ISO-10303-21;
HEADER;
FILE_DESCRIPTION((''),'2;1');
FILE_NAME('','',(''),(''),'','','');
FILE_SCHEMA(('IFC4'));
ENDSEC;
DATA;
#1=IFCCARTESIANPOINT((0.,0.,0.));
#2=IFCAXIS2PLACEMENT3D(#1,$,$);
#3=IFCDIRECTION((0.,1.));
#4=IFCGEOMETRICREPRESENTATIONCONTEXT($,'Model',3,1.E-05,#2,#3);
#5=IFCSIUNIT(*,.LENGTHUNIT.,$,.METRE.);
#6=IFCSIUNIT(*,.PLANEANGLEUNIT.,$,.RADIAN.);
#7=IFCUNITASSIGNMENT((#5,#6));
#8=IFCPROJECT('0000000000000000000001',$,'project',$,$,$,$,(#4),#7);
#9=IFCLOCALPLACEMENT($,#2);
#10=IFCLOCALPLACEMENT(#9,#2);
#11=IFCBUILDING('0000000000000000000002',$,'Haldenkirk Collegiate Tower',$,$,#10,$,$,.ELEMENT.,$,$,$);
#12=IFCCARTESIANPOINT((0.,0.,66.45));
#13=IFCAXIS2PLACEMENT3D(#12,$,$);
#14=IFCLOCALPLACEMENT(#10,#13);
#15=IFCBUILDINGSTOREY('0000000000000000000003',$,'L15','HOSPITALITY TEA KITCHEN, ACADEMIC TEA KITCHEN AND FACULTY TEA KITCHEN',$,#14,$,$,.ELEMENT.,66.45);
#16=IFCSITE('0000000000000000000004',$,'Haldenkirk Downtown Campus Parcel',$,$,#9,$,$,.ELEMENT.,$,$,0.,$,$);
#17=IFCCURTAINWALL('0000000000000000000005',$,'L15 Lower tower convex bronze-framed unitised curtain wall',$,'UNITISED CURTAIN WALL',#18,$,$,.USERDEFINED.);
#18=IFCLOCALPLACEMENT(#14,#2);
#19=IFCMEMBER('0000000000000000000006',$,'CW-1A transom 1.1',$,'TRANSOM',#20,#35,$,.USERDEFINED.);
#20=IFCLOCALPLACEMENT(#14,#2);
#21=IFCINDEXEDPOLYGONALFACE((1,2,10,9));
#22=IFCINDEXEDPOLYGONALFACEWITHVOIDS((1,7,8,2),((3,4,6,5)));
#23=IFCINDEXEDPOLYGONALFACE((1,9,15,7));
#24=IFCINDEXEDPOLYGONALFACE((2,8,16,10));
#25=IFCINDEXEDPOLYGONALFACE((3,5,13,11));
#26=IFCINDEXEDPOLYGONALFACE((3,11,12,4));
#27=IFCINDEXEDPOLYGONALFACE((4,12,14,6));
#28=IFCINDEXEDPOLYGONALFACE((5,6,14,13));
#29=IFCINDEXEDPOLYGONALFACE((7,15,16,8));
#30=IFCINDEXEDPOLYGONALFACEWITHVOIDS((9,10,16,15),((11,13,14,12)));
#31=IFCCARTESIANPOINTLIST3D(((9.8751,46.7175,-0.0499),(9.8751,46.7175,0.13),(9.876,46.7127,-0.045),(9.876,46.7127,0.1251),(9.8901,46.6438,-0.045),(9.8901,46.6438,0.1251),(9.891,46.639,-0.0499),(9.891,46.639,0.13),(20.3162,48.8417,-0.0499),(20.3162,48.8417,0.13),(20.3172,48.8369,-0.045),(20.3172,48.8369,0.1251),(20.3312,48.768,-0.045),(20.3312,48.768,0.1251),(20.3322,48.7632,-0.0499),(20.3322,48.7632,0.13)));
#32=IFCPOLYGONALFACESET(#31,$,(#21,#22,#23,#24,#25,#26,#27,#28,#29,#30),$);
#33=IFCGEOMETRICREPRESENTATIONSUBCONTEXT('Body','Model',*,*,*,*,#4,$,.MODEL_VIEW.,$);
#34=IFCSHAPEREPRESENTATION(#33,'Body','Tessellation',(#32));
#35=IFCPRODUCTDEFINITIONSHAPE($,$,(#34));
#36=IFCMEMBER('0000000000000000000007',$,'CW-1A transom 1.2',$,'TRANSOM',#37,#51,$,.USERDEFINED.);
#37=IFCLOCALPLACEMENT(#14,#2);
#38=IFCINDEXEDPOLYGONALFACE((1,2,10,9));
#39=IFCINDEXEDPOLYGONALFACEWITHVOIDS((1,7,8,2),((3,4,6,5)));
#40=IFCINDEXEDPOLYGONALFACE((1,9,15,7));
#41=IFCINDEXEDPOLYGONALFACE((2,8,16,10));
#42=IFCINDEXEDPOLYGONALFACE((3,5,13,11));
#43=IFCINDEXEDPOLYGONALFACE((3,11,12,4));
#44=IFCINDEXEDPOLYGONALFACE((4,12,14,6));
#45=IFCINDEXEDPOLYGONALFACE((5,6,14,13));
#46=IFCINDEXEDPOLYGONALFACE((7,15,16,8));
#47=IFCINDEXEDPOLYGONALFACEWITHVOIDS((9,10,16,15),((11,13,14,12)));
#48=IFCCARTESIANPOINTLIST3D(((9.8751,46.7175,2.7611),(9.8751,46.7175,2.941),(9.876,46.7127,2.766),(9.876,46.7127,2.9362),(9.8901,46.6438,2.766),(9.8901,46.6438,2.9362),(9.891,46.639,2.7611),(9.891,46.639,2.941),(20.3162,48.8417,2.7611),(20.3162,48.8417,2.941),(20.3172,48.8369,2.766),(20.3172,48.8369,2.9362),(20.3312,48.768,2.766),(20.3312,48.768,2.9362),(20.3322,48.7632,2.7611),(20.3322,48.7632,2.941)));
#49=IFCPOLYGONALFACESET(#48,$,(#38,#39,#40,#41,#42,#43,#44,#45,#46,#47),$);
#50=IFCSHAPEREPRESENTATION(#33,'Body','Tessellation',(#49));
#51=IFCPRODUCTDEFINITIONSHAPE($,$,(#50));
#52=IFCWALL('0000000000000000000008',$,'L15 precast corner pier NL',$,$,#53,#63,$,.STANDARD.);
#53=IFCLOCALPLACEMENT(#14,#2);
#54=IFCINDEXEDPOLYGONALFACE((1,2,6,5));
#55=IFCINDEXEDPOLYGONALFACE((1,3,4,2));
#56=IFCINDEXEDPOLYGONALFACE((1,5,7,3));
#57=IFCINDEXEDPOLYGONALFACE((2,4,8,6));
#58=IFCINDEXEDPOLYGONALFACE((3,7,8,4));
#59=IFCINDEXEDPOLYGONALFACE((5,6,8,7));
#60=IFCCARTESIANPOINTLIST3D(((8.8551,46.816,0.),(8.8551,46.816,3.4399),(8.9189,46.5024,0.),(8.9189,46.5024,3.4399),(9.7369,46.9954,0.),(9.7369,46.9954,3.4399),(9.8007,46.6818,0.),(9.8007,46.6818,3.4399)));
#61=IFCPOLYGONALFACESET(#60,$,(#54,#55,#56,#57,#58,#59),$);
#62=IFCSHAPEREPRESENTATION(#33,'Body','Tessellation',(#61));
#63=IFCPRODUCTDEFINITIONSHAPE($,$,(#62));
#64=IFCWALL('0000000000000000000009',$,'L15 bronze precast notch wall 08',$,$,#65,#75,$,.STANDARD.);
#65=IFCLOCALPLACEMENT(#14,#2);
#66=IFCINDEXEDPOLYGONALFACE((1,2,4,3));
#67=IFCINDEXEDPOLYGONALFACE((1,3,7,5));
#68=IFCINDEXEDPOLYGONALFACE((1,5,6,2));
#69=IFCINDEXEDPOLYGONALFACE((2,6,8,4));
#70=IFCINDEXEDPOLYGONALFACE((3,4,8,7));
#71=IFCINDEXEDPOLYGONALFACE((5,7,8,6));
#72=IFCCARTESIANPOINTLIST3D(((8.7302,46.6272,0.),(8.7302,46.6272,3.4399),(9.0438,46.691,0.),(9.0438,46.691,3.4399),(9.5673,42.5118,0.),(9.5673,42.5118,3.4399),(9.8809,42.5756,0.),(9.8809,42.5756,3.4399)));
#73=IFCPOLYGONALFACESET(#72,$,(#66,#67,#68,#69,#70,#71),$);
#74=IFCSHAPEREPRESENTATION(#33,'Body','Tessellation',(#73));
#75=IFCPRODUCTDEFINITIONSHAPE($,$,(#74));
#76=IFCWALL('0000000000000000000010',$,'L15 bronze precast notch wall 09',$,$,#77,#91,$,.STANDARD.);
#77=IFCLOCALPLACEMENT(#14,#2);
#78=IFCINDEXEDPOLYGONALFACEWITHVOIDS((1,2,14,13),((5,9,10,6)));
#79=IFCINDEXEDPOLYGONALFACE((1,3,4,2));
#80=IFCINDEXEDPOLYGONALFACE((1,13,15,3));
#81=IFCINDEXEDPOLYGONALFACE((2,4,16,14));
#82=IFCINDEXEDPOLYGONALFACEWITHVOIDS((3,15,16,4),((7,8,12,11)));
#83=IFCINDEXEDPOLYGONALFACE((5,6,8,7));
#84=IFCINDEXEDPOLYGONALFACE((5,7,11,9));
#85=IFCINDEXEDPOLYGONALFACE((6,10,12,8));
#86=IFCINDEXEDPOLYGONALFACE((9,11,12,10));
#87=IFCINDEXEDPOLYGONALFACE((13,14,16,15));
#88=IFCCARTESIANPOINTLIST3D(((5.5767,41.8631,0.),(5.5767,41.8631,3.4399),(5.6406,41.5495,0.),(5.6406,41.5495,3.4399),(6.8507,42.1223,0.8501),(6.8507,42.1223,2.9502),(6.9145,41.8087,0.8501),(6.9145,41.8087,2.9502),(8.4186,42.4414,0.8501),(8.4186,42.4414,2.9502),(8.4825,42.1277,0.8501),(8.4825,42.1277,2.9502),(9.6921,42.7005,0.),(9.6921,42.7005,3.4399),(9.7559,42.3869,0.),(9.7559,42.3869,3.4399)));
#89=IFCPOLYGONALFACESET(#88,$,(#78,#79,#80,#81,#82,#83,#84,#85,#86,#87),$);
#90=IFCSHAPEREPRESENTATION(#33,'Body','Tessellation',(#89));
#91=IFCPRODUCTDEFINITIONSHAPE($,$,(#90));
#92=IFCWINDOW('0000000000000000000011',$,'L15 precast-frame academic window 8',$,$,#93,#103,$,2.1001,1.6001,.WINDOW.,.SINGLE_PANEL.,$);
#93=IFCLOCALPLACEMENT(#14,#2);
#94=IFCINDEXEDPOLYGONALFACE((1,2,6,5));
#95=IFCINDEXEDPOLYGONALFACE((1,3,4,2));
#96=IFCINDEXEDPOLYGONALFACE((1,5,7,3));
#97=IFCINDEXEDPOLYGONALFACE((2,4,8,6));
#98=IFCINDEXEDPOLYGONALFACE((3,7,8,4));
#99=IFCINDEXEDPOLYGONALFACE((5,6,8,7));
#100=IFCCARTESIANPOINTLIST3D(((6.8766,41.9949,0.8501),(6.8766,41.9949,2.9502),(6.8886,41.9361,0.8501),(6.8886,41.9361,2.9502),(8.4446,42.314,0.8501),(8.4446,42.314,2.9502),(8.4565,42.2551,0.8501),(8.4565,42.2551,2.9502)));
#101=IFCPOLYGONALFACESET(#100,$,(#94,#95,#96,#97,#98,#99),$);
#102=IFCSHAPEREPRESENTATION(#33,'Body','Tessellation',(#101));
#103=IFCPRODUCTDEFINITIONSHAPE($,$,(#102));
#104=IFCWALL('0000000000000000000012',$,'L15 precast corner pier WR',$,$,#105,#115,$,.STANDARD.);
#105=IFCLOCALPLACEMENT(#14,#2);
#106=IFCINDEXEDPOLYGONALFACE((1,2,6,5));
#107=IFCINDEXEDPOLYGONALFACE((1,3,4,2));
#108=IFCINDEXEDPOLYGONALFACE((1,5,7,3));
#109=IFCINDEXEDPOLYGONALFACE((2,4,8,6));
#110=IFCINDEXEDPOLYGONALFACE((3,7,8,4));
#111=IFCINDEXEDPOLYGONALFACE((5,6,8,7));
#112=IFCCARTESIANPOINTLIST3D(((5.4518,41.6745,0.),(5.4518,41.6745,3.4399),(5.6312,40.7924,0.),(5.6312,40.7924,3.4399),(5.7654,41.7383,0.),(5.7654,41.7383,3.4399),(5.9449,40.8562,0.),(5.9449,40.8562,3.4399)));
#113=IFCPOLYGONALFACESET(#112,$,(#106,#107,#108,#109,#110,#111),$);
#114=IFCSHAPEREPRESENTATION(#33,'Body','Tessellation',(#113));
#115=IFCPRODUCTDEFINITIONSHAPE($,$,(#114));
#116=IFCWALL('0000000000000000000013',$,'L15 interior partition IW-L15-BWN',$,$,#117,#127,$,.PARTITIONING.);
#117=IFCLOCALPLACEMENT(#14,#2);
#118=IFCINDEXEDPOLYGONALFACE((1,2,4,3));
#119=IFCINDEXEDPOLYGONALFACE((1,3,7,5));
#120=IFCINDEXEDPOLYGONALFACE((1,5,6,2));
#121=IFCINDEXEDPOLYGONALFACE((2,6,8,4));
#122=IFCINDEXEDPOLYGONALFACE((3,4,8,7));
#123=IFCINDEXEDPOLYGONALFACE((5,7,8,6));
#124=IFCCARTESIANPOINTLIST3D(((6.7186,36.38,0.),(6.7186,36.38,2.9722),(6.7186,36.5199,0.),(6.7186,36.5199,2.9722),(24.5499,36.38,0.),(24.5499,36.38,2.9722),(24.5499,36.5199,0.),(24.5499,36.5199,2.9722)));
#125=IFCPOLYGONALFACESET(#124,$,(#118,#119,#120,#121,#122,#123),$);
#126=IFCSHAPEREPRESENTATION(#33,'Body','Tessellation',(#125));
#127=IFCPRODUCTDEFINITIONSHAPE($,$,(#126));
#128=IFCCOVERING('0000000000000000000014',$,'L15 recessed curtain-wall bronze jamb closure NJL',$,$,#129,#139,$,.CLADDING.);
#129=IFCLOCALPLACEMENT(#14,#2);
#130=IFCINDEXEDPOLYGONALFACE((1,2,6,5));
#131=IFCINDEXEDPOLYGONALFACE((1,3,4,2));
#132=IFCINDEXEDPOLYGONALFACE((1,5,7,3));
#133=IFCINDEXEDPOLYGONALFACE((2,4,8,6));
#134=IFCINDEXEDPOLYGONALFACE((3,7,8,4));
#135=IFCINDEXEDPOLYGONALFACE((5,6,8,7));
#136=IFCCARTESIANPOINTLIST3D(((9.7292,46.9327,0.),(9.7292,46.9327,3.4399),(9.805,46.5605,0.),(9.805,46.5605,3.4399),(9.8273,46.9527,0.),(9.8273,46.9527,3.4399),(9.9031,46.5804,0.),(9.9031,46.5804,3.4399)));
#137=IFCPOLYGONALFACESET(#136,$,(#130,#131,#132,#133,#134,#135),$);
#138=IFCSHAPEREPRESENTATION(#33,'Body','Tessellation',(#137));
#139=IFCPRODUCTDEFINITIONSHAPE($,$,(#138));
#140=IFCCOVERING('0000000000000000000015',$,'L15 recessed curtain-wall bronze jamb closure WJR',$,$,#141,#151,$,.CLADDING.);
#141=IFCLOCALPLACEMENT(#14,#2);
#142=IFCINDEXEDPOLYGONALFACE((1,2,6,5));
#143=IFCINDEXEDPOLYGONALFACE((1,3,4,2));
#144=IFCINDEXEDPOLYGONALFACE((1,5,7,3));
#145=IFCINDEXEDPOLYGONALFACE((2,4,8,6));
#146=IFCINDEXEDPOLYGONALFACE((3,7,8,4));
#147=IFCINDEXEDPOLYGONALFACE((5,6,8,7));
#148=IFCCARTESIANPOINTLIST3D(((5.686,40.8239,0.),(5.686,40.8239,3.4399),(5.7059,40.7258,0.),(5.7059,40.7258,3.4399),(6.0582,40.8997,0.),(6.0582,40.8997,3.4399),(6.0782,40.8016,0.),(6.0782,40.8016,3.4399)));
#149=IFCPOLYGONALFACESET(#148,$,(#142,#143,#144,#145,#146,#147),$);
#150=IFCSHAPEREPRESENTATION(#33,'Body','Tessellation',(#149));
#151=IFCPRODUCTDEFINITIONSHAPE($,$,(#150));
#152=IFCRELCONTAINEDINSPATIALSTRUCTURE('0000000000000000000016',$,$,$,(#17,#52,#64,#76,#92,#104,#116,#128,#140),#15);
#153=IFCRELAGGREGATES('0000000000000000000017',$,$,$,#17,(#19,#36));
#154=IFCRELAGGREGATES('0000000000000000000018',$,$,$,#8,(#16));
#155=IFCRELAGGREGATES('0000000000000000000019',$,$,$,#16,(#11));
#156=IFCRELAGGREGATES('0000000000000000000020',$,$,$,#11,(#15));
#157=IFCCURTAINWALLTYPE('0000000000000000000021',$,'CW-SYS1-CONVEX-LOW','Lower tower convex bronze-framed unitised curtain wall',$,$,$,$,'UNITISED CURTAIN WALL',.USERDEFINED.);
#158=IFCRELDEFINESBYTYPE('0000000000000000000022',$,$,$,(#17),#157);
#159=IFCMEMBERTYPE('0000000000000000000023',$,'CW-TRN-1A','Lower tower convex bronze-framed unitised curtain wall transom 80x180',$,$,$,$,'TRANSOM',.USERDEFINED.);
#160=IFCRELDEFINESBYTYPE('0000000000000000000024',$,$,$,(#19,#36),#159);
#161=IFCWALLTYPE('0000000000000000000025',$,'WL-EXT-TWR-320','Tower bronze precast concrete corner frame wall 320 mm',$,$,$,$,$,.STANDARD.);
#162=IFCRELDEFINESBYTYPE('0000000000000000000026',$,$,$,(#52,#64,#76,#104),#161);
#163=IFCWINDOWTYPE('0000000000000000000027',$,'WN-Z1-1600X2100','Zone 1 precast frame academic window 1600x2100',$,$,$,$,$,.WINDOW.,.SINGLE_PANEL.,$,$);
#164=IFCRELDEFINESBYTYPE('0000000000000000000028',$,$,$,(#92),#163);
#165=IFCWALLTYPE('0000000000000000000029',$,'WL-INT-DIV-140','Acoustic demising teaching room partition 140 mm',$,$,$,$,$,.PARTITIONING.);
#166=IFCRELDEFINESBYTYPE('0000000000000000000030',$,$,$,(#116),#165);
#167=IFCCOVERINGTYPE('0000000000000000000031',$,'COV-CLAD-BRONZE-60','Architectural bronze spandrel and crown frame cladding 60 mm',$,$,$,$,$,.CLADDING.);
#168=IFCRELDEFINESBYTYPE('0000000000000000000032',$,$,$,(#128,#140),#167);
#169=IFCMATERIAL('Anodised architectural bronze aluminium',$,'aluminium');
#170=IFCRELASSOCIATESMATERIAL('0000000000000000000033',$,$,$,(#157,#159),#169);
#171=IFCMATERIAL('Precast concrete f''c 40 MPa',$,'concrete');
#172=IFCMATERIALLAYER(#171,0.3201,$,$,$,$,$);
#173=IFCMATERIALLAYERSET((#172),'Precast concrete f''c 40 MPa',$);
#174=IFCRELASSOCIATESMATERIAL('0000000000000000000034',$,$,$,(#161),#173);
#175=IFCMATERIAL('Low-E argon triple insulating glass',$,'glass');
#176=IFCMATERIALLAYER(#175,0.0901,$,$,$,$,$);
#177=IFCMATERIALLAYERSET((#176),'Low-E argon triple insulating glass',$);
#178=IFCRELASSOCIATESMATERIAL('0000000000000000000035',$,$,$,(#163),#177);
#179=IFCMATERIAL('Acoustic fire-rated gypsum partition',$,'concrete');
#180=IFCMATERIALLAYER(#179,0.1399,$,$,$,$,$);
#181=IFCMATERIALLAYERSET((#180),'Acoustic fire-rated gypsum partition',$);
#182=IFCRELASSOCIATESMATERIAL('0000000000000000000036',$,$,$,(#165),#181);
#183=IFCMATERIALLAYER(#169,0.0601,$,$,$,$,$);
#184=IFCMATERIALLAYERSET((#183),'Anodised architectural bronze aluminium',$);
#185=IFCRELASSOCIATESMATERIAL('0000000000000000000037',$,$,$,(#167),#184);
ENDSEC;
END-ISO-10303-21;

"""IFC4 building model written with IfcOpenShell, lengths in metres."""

from ifc_helpers import new_model, si_unit, direction, frame, frame_2d, origin, origin_2d, place, context, subcontext, project, spatial, rectangle, hollow_rectangle, extrude, source, transform, mapped, material, layer, layer_set, material_profile, profile_set, type_object, element, fill, aggregate, save


model = new_model("IFC4")

# Units and contexts
model_context = context("Model", 3, precision=1e-05, world=origin(), true_north=direction((0.0, 1.0)))
body_context = subcontext(model_context, "Body", "Model", "MODEL_VIEW")
ifc_project = project(units=[si_unit("LENGTHUNIT", "METRE"), si_unit("PLANEANGLEUNIT", "RADIAN")], contexts=[model_context])

# Site, building, storey
site_placement = place(None, origin())
site = spatial("IfcSite", under=ifc_project, at=site_placement, Name="Haldenkirk Downtown Campus Parcel", CompositionType="ELEMENT", RefElevation=0.0)
building_placement = place(site_placement, origin())
building = spatial("IfcBuilding", under=site, at=building_placement, Name="Haldenkirk Collegiate Tower", CompositionType="ELEMENT")
storey_placement = place(building_placement, frame((0.0, 0.0, 66.45)))
storey = spatial("IfcBuildingStorey", under=building, at=storey_placement, Name="L15", Description="HOSPITALITY TEA KITCHEN, ACADEMIC TEA KITCHEN AND FACULTY TEA KITCHEN", CompositionType="ELEMENT", Elevation=66.45)

# Curtain wall
ifc_material_1 = material(Name="Anodised architectural bronze aluminium", Category="aluminium")
curtain_wall_type = type_object("IfcCurtainWallType", Name="CW-SYS1-CONVEX-LOW", Description="Lower tower convex bronze-framed unitised curtain wall", ElementType="UNITISED CURTAIN WALL", PredefinedType="USERDEFINED", material=ifc_material_1)
curtain_wall_1_placement = place(storey_placement, origin())
curtain_wall_1 = element("IfcCurtainWall", 1, at=curtain_wall_1_placement, inside=storey, type_object=curtain_wall_type, Name="L15 Lower tower convex bronze-framed unitised curtain wall", ObjectType="UNITISED CURTAIN WALL", PredefinedType="USERDEFINED")

# Members
ifc_material_profile_1 = material_profile(ifc_material_1, hollow_rectangle(XDim=0.0801, YDim=0.1799, WallThickness=0.0049, at=origin_2d()), Name="CW-TRN-1A")
ifc_profile_set_1 = profile_set([ifc_material_profile_1], Name="Anodised architectural bronze aluminium")
member_type_1 = type_object("IfcMemberType", Name="CW-TRN-1A", Description="Lower tower convex bronze-framed unitised curtain wall transom 80x180", ElementType="TRANSOM", PredefinedType="USERDEFINED", material=ifc_profile_set_1)
member_1_placement = place(storey_placement, frame((9.8831, 46.6782, 0.04), z_axis=(0.979925, 0.199367, 0.0), x_axis=(-0.199367, 0.979925, 0.0)))
member_1 = element("IfcMember", 2, at=member_1_placement, type_object=member_type_1, Name="CW-1A transom 1.1", ObjectType="TRANSOM", PredefinedType="USERDEFINED", context=body_context, shape_type="SweptSolid", body=[
    extrude(hollow_rectangle(XDim=0.0801, YDim=0.1799, WallThickness=0.0049, at=origin_2d()), origin(), (0.0, 0.0, 1.0), 10.655),
])
member_2_placement = place(storey_placement, frame((9.8831, 46.6782, 2.8511), z_axis=(0.979925, 0.199367, 0.0), x_axis=(-0.199367, 0.979925, 0.0)))
member_2 = element("IfcMember", 3, at=member_2_placement, type_object=member_type_1, Name="CW-1A transom 1.2", ObjectType="TRANSOM", PredefinedType="USERDEFINED", context=body_context, shape_type="SweptSolid", body=[
    extrude(hollow_rectangle(XDim=0.0801, YDim=0.1799, WallThickness=0.0049, at=origin_2d()), origin(), (0.0, 0.0, 1.0), 10.655),
])
aggregate(curtain_wall_1, [member_1, member_2])

# Walls
ifc_material_2 = material(Name="Precast concrete f'c 40 MPa", Category="concrete")
ifc_layer_1 = layer(ifc_material_2, 0.3201)
ifc_layer_set_1 = layer_set([ifc_layer_1], Name="Precast concrete f'c 40 MPa")
wall_type_1 = type_object("IfcWallType", Name="WL-EXT-TWR-320", Description="Tower bronze precast concrete corner frame wall 320 mm", PredefinedType="STANDARD", material=ifc_layer_set_1)
wall_1_placement = place(storey_placement, frame((8.887, 46.6592, 0.0), z_axis=(0.0, 0.0, 1.0), x_axis=(0.979918, 0.199402, 0.0)))
element("IfcWall", 4, at=wall_1_placement, inside=storey, type_object=wall_type_1, Name="L15 precast corner pier NL", PredefinedType="STANDARD", context=body_context, shape_type="SweptSolid", body=[
    extrude(rectangle(XDim=0.8999, YDim=0.3201, at=frame_2d((0.45, 0.0))), origin(), (0.0, 0.0, 1.0), 3.4399),
])
wall_2_placement = place(storey_placement, frame((9.7241, 42.5437, 0.0), z_axis=(0.0, 0.0, 1.0), x_axis=(-0.199335, 0.979931, 0.0)))
element("IfcWall", 5, at=wall_2_placement, inside=storey, type_object=wall_type_1, Name="L15 bronze precast notch wall 08", PredefinedType="STANDARD", context=body_context, shape_type="SweptSolid", body=[
    extrude(rectangle(XDim=4.1997, YDim=0.3201, at=frame_2d((2.0999, 0.0))), origin(), (0.0, 0.0, 1.0), 3.4399),
])

# Wall, opening, window
wall_3_placement = place(storey_placement, frame((5.6086, 41.7063, 0.0), z_axis=(0.0, 0.0, 1.0), x_axis=(0.97992, 0.199391, 0.0)))
wall_3 = element("IfcWall", 6, at=wall_3_placement, inside=storey, type_object=wall_type_1, Name="L15 bronze precast notch wall 09", PredefinedType="STANDARD", context=body_context, shape_type="SweptSolid", body=[
    extrude(rectangle(XDim=4.1997, YDim=0.3201, at=frame_2d((2.0999, 0.0))), origin(), (0.0, 0.0, 1.0), 3.4399),
])
opening_placement = place(wall_3_placement, frame((1.3, 0.0, 0.8501)))
opening = element("IfcOpeningElement", 7, at=opening_placement, cuts=wall_3, PredefinedType="OPENING", context=body_context, shape_type="SweptSolid", body=[
    extrude(rectangle(XDim=1.6001, YDim=2.1001, at=frame_2d((0.8, 1.05))), frame((0.0, 0.1699, 0.0), z_axis=(0.0, -1.0, 0.0), x_axis=(1.0, 0.0, 0.0)), (0.0, 0.0, 1.0), 0.3401),
])
ifc_material_3 = material(Name="Low-E argon triple insulating glass", Category="glass")
ifc_layer_2 = layer(ifc_material_3, 0.0901)
ifc_layer_set_2 = layer_set([ifc_layer_2], Name="Low-E argon triple insulating glass")
window_type = type_object("IfcWindowType", Name="WN-Z1-1600X2100", Description="Zone 1 precast frame academic window 1600x2100", PartitioningType="SINGLE_PANEL", PredefinedType="WINDOW", material=ifc_layer_set_2)
window_placement = place(opening_placement, origin())
window = element("IfcWindow", 8, at=window_placement, inside=storey, type_object=window_type, Name="L15 precast-frame academic window 8", OverallHeight=2.1001, OverallWidth=1.6001, PartitioningType="SINGLE_PANEL", PredefinedType="WINDOW", context=body_context, shape_type="SweptSolid", body=[
    extrude(rectangle(XDim=1.6001, YDim=2.1001, at=frame_2d((0.8, 1.05))), frame((0.0, 0.03, 0.0), z_axis=(0.0, -1.0, 0.0), x_axis=(1.0, 0.0, 0.0)), (0.0, 0.0, 1.0), 0.0601),
])
fill(opening, window)

# Walls
wall_4_placement = place(storey_placement, frame((5.7881, 40.8242, 0.0), z_axis=(0.0, 0.0, 1.0), x_axis=(-0.199349, 0.979929, 0.0)))
element("IfcWall", 9, at=wall_4_placement, inside=storey, type_object=wall_type_1, Name="L15 precast corner pier WR", PredefinedType="STANDARD", context=body_context, shape_type="SweptSolid", body=[
    extrude(rectangle(XDim=0.9001, YDim=0.3201, at=frame_2d((0.4502, 0.0))), origin(), (0.0, 0.0, 1.0), 3.4399),
])
ifc_material_4 = material(Name="Acoustic fire-rated gypsum partition", Category="concrete")
ifc_layer_3 = layer(ifc_material_4, 0.1399)
ifc_layer_set_3 = layer_set([ifc_layer_3], Name="Acoustic fire-rated gypsum partition")
wall_type_2 = type_object("IfcWallType", Name="WL-INT-DIV-140", Description="Acoustic demising teaching room partition 140 mm", PredefinedType="PARTITIONING", material=ifc_layer_set_3)
wall_5_placement = place(storey_placement, frame((6.7188, 36.45, 0.0), z_axis=(0.0, 0.0, 1.0), x_axis=(1.0, 0.0, 0.0)))
element("IfcWall", 10, at=wall_5_placement, inside=storey, type_object=wall_type_2, Name="L15 interior partition IW-L15-BWN", PredefinedType="PARTITIONING", context=body_context, shape_type="SweptSolid", body=[
    extrude(rectangle(XDim=17.8313, YDim=0.1399, at=frame_2d((8.9155, 0.0))), origin(), (0.0, 0.0, 1.0), 2.9722),
])

# Coverings
ifc_layer_4 = layer(ifc_material_1, 0.0601)
ifc_layer_set_4 = layer_set([ifc_layer_4], Name="Anodised architectural bronze aluminium")
covering_type = type_object("IfcCoveringType", Name="COV-CLAD-BRONZE-60", Description="Architectural bronze spandrel and crown frame cladding 60 mm", PredefinedType="CLADDING", material=ifc_layer_set_4)
shared_shape = source(origin(), body_context, "Body", "SweptSolid", [
    extrude(rectangle(XDim=0.1001, YDim=0.3799, at=origin_2d()), origin(), (0.0, 0.0, 1.0), 3.4399),
])
for number, where, z_axis, x_axis, name in (
    (11, (9.8162, 46.7566, 0.0), (0.0, 0.0, 1.0), (0.979925, 0.199368, 0.0), "L15 recessed curtain-wall bronze jamb closure NJL"),
    (12, (5.8821, 40.8127, 0.0), (0.0, 0.0, 1.0), (-0.199368, 0.979925, 0.0), "L15 recessed curtain-wall bronze jamb closure WJR"),
):
    element("IfcCovering", number, at=place(storey_placement, frame(where, z_axis=z_axis, x_axis=x_axis)), inside=storey, type_object=covering_type, Name=name, PredefinedType="CLADDING", context=body_context, shape_type="MappedRepresentation", body=[
        mapped(shared_shape, transform((0.0, 0.0, 0.0), x_axis=(1.0, 0.0, 0.0), y_axis=(0.0, 1.0, 0.0), z_axis=(0.0, 0.0, 1.0), scale=1.0)),
    ])

save(model, "model.ifc")
